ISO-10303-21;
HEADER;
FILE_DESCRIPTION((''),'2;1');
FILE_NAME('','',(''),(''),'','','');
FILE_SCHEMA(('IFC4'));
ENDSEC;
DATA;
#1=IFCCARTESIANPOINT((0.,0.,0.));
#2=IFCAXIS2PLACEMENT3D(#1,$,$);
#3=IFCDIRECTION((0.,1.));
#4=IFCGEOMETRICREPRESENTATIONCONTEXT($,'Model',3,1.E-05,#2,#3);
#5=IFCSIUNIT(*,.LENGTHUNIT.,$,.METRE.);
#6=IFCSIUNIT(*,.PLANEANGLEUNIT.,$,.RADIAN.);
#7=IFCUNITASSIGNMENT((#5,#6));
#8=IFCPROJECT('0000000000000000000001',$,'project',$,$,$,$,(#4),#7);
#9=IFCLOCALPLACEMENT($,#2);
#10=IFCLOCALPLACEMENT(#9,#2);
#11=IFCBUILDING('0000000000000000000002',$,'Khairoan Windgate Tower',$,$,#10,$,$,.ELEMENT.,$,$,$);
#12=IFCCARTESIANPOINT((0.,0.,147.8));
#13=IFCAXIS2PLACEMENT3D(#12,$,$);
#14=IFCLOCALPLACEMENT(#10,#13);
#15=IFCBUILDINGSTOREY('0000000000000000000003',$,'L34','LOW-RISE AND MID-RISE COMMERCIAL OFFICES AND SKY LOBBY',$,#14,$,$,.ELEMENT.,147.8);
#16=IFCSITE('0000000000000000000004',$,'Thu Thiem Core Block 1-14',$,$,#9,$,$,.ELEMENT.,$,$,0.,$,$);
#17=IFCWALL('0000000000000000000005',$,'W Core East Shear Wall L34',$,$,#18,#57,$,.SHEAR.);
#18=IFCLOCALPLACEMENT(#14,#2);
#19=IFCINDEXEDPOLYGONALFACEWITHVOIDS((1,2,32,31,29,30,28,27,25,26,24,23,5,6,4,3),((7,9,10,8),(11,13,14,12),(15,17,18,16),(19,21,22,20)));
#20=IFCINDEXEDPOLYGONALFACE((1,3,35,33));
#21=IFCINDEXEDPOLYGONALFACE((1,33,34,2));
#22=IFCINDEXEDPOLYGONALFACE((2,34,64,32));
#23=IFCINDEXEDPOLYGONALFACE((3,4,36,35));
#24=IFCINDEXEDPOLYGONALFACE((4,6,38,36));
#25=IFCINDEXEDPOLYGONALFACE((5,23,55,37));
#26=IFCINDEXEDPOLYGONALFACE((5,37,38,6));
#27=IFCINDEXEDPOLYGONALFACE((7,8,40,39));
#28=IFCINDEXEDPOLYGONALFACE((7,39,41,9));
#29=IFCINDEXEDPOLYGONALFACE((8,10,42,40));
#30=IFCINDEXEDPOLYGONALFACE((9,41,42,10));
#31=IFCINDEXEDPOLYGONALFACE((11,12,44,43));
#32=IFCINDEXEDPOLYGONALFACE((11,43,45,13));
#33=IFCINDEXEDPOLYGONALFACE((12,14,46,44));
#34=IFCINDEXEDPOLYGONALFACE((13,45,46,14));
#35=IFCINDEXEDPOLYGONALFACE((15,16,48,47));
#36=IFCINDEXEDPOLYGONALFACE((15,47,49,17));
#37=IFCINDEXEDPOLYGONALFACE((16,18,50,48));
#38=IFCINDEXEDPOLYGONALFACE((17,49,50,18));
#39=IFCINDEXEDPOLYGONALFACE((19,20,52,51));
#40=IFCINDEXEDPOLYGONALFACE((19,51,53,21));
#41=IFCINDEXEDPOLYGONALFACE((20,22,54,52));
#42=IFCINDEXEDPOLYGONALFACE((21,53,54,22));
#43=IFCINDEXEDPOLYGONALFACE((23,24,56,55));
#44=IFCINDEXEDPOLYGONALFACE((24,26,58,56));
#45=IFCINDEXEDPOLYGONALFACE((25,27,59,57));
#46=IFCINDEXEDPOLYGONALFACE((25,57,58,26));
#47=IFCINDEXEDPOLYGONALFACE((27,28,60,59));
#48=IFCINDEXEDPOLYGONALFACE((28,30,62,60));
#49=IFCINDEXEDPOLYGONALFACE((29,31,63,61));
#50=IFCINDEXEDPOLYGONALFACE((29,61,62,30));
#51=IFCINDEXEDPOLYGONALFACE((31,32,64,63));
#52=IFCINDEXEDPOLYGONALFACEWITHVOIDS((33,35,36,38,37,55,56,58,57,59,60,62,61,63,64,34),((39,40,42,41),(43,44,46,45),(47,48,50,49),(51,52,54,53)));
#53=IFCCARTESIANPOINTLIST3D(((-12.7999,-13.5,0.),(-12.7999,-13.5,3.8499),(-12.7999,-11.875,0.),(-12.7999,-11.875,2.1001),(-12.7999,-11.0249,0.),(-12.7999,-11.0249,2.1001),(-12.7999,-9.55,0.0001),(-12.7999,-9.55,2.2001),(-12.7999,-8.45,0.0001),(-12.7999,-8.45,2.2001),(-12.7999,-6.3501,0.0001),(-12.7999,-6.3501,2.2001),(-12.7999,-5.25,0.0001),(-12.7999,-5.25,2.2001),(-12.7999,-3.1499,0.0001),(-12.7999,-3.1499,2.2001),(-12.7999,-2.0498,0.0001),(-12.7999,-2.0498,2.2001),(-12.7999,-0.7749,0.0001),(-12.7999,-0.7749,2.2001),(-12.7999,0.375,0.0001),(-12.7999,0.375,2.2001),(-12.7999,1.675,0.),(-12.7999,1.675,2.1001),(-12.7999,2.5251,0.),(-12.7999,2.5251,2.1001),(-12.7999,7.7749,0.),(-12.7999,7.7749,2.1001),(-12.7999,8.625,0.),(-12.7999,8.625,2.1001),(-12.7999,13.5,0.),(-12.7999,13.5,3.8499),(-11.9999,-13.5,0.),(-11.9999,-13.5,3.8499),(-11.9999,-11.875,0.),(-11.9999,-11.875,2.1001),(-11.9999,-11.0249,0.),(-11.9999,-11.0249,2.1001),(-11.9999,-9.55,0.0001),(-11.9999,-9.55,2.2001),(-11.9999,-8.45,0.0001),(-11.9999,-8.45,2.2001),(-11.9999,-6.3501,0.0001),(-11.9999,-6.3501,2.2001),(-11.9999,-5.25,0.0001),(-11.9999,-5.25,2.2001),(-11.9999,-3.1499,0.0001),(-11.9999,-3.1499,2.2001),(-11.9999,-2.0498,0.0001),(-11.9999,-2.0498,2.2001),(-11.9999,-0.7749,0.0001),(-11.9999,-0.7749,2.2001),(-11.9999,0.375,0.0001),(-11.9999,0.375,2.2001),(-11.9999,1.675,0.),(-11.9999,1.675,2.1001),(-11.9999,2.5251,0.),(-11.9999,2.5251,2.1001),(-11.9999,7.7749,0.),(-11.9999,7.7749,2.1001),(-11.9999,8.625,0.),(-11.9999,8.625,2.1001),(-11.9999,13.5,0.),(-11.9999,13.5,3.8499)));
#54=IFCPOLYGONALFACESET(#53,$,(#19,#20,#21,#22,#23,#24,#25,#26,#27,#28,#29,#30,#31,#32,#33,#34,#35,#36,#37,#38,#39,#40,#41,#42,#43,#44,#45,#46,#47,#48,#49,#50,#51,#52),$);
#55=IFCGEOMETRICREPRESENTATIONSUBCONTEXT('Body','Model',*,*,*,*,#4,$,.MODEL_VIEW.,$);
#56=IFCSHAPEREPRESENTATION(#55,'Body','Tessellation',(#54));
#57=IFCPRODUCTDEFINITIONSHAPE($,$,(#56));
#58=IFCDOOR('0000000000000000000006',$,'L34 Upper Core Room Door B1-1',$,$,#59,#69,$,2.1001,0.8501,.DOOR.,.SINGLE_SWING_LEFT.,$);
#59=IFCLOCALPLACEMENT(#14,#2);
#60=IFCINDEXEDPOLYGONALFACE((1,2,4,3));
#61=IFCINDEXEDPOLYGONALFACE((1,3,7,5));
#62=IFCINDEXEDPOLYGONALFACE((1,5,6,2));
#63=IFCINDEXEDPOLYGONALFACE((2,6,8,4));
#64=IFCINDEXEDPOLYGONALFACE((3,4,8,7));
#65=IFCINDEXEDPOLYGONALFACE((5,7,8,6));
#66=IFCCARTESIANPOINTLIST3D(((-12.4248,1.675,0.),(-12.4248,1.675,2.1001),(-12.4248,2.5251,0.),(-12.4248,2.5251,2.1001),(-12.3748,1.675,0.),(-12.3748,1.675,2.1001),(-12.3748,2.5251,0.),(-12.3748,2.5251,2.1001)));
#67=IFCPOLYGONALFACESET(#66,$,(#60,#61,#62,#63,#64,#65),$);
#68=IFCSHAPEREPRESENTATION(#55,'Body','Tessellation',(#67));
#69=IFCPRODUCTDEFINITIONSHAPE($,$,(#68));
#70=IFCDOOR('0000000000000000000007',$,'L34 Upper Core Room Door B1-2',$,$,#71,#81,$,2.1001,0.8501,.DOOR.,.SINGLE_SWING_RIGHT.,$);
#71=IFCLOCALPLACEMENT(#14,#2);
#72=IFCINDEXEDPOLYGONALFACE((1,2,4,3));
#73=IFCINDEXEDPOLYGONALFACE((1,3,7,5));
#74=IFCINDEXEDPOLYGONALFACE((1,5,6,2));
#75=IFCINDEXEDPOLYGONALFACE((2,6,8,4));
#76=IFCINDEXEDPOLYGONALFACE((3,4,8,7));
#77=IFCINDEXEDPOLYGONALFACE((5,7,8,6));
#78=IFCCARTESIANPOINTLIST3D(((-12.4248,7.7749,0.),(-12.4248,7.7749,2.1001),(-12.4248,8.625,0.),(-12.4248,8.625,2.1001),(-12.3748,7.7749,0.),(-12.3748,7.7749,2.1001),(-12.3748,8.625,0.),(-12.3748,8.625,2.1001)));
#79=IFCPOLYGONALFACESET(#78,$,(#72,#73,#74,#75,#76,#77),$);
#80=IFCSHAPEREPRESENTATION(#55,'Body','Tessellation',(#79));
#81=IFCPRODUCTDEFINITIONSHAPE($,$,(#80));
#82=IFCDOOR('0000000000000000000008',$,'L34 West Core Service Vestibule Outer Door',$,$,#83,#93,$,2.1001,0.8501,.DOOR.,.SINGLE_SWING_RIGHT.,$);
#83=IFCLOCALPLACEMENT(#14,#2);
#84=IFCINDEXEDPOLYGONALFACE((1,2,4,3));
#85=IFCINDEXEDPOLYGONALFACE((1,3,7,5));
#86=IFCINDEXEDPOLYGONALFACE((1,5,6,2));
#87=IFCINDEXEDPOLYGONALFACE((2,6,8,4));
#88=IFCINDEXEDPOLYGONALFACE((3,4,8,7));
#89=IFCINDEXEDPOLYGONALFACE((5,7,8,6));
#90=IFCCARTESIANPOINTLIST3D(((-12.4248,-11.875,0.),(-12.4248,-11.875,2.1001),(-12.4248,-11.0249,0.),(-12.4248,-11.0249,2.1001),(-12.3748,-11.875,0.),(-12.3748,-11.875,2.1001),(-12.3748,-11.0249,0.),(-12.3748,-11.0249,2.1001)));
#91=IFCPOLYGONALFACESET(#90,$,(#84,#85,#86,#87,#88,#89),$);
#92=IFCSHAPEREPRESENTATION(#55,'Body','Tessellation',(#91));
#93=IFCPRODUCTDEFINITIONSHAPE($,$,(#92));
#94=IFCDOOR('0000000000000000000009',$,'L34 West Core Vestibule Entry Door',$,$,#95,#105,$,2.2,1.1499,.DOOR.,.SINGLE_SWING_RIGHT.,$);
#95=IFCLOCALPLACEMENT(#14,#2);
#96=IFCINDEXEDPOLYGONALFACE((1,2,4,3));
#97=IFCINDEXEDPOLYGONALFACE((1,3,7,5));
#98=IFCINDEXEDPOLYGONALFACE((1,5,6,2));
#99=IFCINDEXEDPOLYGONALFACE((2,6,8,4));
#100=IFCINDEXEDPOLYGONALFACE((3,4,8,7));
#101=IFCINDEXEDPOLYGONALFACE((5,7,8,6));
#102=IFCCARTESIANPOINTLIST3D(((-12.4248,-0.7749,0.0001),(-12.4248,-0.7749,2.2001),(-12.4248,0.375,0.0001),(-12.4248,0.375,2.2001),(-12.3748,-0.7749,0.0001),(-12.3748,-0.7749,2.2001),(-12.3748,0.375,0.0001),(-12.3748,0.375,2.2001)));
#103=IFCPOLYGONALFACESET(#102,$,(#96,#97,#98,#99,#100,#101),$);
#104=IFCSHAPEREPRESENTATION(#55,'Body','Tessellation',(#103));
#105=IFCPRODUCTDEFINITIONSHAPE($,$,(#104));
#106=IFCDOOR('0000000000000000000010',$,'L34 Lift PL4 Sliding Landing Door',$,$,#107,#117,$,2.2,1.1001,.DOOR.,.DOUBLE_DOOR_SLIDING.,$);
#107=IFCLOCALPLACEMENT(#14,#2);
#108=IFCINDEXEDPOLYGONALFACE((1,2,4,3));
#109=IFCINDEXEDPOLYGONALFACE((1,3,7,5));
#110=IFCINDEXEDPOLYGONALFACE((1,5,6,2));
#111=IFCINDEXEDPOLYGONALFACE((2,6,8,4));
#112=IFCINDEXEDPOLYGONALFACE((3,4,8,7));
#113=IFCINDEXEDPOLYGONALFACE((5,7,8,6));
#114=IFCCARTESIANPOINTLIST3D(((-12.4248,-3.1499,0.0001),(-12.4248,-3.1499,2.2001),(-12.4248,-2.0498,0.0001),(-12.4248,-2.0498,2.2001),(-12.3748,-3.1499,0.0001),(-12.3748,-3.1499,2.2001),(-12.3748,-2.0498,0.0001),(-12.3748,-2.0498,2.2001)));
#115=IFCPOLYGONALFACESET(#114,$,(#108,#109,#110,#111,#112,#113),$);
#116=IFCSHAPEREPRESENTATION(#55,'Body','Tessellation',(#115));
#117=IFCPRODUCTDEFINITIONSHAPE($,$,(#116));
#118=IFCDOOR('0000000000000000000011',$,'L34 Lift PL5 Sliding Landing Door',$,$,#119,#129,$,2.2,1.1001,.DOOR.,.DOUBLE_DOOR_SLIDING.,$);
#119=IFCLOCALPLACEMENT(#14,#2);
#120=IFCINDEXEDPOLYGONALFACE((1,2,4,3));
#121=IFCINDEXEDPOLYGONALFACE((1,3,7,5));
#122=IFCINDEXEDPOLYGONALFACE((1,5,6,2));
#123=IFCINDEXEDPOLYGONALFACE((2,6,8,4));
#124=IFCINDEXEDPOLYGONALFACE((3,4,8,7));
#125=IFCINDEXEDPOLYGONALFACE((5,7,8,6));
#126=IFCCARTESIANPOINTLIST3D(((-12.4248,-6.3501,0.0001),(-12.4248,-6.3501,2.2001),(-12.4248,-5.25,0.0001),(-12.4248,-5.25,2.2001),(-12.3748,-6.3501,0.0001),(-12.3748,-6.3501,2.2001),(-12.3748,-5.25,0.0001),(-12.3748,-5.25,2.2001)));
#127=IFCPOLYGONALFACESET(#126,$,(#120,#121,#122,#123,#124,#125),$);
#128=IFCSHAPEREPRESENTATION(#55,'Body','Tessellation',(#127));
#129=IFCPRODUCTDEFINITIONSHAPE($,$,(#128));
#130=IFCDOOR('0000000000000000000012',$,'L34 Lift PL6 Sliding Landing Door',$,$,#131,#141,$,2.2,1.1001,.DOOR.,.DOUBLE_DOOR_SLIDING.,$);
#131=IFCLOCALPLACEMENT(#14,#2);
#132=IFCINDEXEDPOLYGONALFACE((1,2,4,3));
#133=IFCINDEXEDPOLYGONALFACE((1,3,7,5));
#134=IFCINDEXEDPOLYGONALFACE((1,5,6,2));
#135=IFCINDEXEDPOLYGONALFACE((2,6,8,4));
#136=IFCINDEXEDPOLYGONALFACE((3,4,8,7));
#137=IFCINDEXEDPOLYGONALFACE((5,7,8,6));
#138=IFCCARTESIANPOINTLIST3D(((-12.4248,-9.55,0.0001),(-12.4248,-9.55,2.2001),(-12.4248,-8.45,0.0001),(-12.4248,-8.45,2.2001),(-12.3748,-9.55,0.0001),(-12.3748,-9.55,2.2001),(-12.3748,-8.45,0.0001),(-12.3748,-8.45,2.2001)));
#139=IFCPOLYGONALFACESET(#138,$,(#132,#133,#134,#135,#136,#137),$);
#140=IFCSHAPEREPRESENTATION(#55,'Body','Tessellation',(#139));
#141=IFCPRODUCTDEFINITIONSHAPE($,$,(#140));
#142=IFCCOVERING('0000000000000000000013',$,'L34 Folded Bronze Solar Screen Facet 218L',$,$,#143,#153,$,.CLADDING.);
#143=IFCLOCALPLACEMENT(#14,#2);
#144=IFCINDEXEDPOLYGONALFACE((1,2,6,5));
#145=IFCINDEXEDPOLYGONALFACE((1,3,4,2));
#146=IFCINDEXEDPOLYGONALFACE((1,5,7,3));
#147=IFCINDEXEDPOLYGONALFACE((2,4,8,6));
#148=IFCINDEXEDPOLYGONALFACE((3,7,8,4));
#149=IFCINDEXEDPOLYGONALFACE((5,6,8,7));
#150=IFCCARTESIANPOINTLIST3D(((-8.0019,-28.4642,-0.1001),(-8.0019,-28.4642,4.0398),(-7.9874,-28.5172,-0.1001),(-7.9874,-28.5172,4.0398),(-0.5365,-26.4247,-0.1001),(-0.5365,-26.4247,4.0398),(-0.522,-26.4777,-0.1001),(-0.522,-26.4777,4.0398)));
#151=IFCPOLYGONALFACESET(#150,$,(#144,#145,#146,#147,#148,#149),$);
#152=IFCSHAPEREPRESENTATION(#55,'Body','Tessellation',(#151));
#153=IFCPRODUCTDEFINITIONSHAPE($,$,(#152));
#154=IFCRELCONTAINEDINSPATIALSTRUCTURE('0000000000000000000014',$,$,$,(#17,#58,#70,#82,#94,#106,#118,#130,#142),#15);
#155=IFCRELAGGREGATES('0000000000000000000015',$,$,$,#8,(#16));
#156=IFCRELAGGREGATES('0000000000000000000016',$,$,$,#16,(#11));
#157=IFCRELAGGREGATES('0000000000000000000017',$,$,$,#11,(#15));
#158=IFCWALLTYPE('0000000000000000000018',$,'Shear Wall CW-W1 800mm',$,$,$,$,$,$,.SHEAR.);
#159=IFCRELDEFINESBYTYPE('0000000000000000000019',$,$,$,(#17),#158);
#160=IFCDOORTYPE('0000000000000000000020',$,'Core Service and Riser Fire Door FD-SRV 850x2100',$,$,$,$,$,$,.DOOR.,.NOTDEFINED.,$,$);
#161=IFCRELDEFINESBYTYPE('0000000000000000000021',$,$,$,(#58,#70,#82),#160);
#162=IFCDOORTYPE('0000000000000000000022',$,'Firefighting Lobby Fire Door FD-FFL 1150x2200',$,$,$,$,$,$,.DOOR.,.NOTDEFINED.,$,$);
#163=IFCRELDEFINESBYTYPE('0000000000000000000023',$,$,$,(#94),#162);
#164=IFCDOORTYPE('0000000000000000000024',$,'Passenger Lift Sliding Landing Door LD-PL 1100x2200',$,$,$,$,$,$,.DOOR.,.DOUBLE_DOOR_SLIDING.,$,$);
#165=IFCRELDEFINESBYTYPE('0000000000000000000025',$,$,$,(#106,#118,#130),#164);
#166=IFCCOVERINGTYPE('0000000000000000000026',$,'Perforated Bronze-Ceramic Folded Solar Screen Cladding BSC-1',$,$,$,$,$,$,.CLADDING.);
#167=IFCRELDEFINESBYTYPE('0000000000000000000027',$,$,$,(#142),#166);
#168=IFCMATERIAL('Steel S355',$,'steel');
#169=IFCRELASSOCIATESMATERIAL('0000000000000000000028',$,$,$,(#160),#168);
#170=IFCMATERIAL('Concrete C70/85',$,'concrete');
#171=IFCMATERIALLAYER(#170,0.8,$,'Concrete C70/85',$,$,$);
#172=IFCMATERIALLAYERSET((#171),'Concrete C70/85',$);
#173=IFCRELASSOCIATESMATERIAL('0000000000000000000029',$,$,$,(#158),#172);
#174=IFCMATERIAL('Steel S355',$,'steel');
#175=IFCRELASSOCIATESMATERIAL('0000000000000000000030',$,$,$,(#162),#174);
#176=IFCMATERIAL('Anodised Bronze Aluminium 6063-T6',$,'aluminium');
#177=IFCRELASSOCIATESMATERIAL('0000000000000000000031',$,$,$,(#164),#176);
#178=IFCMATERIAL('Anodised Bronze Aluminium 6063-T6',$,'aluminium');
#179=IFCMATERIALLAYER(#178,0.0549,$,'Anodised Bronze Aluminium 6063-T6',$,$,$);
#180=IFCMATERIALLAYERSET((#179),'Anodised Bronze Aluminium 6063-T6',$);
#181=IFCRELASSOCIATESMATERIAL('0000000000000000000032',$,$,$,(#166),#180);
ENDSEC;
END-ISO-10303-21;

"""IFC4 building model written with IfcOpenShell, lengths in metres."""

from ifc_helpers import new_model, si_unit, direction, frame, frame_2d, origin, origin_2d, place, context, subcontext, project, spatial, rectangle, extrude, material, layer, layer_set, type_object, element, fill, save


model = new_model("IFC4")

# Units and contexts
model_context = context("Model", 3, precision=1e-05, world=origin(), true_north=direction((0.0, 1.0)))
body_context = subcontext(model_context, "Body", "Model", "MODEL_VIEW")
ifc_project = project(units=[si_unit("LENGTHUNIT", "METRE"), si_unit("PLANEANGLEUNIT", "RADIAN")], contexts=[model_context])

# Site, building, storey
site_placement = place(None, origin())
site = spatial("IfcSite", under=ifc_project, at=site_placement, Name="Thu Thiem Core Block 1-14", CompositionType="ELEMENT", RefElevation=0.0)
building_placement = place(site_placement, origin())
building = spatial("IfcBuilding", under=site, at=building_placement, Name="Khairoan Windgate Tower", CompositionType="ELEMENT")
storey_placement = place(building_placement, frame((0.0, 0.0, 147.8)))
storey = spatial("IfcBuildingStorey", under=building, at=storey_placement, Name="L34", Description="LOW-RISE AND MID-RISE COMMERCIAL OFFICES AND SKY LOBBY", CompositionType="ELEMENT", Elevation=147.8)

# Shared definitions
ifc_material_1 = material(Name="Steel S355", Category="steel")
door_type_1 = type_object("IfcDoorType", Name="Core Service and Riser Fire Door FD-SRV 850x2100", OperationType="NOTDEFINED", PredefinedType="DOOR", material=ifc_material_1)

# Wall, openings, doors
ifc_material_2 = material(Name="Concrete C70/85", Category="concrete")
ifc_layer_1 = layer(ifc_material_2, 0.8, Name="Concrete C70/85")
ifc_layer_set_1 = layer_set([ifc_layer_1], Name="Concrete C70/85")
wall_type_1 = type_object("IfcWallType", Name="Shear Wall CW-W1 800mm", PredefinedType="SHEAR", material=ifc_layer_set_1)
wall_1_placement = place(storey_placement, frame((-12.3999, -13.5, 0.0), z_axis=(0.0, 0.0, 1.0), x_axis=(0.0, 1.0, 0.0)))
wall_1 = element("IfcWall", 1, at=wall_1_placement, inside=storey, type_object=wall_type_1, Name="W Core East Shear Wall L34", PredefinedType="SHEAR", context=body_context, shape_type="SweptSolid", body=[
    extrude(rectangle(XDim=27.0, YDim=0.8, at=frame_2d((13.5, 0.0))), origin(), (0.0, 0.0, 1.0), 3.8499),
])
opening_1_placement = place(wall_1_placement, frame((10.3501, 0.0, 0.0)))
opening_1 = element("IfcOpeningElement", 2, at=opening_1_placement, cuts=wall_1, PredefinedType="OPENING", context=body_context, shape_type="SweptSolid", body=[
    extrude(rectangle(XDim=1.1001, YDim=2.2, at=frame_2d((0.55, 1.1001))), frame((0.0, 0.4099, 0.0), z_axis=(0.0, -1.0, 0.0), x_axis=(1.0, 0.0, 0.0)), (0.0, 0.0, 1.0), 0.8201),
])
opening_2_placement = place(wall_1_placement, frame((7.1499, 0.0, 0.0)))
opening_2 = element("IfcOpeningElement", 3, at=opening_2_placement, cuts=wall_1, PredefinedType="OPENING", context=body_context, shape_type="SweptSolid", body=[
    extrude(rectangle(XDim=1.1001, YDim=2.2, at=frame_2d((0.55, 1.1001))), frame((0.0, 0.4099, 0.0), z_axis=(0.0, -1.0, 0.0), x_axis=(1.0, 0.0, 0.0)), (0.0, 0.0, 1.0), 0.8201),
])
opening_3_placement = place(wall_1_placement, frame((3.95, 0.0, 0.0)))
opening_3 = element("IfcOpeningElement", 4, at=opening_3_placement, cuts=wall_1, PredefinedType="OPENING", context=body_context, shape_type="SweptSolid", body=[
    extrude(rectangle(XDim=1.1001, YDim=2.2, at=frame_2d((0.55, 1.1001))), frame((0.0, 0.4099, 0.0), z_axis=(0.0, -1.0, 0.0), x_axis=(1.0, 0.0, 0.0)), (0.0, 0.0, 1.0), 0.8201),
])
opening_4_placement = place(wall_1_placement, frame((15.175, 0.0, 0.0)))
opening_4 = element("IfcOpeningElement", 5, at=opening_4_placement, cuts=wall_1, PredefinedType="OPENING", context=body_context, shape_type="SweptSolid", body=[
    extrude(rectangle(XDim=0.8501, YDim=2.1001, at=frame_2d((0.425, 1.05))), frame((0.0, 0.4099, 0.0), z_axis=(0.0, -1.0, 0.0), x_axis=(1.0, 0.0, 0.0)), (0.0, 0.0, 1.0), 0.8201),
])
opening_5_placement = place(wall_1_placement, frame((21.2749, 0.0, 0.0)))
opening_5 = element("IfcOpeningElement", 6, at=opening_5_placement, cuts=wall_1, PredefinedType="OPENING", context=body_context, shape_type="SweptSolid", body=[
    extrude(rectangle(XDim=0.8501, YDim=2.1001, at=frame_2d((0.425, 1.05))), frame((0.0, 0.4099, 0.0), z_axis=(0.0, -1.0, 0.0), x_axis=(1.0, 0.0, 0.0)), (0.0, 0.0, 1.0), 0.8201),
])
opening_6_placement = place(wall_1_placement, frame((12.7251, 0.0, 0.0)))
opening_6 = element("IfcOpeningElement", 7, at=opening_6_placement, cuts=wall_1, PredefinedType="OPENING", context=body_context, shape_type="SweptSolid", body=[
    extrude(rectangle(XDim=1.1499, YDim=2.2, at=frame_2d((0.575, 1.1001))), frame((0.0, 0.4099, 0.0), z_axis=(0.0, -1.0, 0.0), x_axis=(1.0, 0.0, 0.0)), (0.0, 0.0, 1.0), 0.8201),
])
opening_7_placement = place(wall_1_placement, frame((1.625, 0.0, 0.0)))
opening_7 = element("IfcOpeningElement", 8, at=opening_7_placement, cuts=wall_1, PredefinedType="OPENING", context=body_context, shape_type="SweptSolid", body=[
    extrude(rectangle(XDim=0.8501, YDim=2.1001, at=frame_2d((0.425, 1.05))), frame((0.0, 0.4099, 0.0), z_axis=(0.0, -1.0, 0.0), x_axis=(1.0, 0.0, 0.0)), (0.0, 0.0, 1.0), 0.8201),
])
door_1_placement = place(opening_4_placement, origin())
door_1 = element("IfcDoor", 9, at=door_1_placement, inside=storey, type_object=door_type_1, Name="L34 Upper Core Room Door B1-1", OperationType="SINGLE_SWING_LEFT", OverallHeight=2.1001, OverallWidth=0.8501, PredefinedType="DOOR", context=body_context, shape_type="SweptSolid", body=[
    extrude(rectangle(XDim=0.8501, YDim=2.1001, at=frame_2d((0.425, 1.05))), frame((0.0, 0.0249, 0.0), z_axis=(0.0, -1.0, 0.0), x_axis=(1.0, 0.0, 0.0)), (0.0, 0.0, 1.0), 0.05),
])
fill(opening_4, door_1)
door_2_placement = place(opening_5_placement, origin())
door_2 = element("IfcDoor", 10, at=door_2_placement, inside=storey, type_object=door_type_1, Name="L34 Upper Core Room Door B1-2", OperationType="SINGLE_SWING_RIGHT", OverallHeight=2.1001, OverallWidth=0.8501, PredefinedType="DOOR", context=body_context, shape_type="SweptSolid", body=[
    extrude(rectangle(XDim=0.8501, YDim=2.1001, at=frame_2d((0.425, 1.05))), frame((0.0, 0.0249, 0.0), z_axis=(0.0, -1.0, 0.0), x_axis=(1.0, 0.0, 0.0)), (0.0, 0.0, 1.0), 0.05),
])
fill(opening_5, door_2)
door_3_placement = place(opening_7_placement, origin())
door_3 = element("IfcDoor", 11, at=door_3_placement, inside=storey, type_object=door_type_1, Name="L34 West Core Service Vestibule Outer Door", OperationType="SINGLE_SWING_RIGHT", OverallHeight=2.1001, OverallWidth=0.8501, PredefinedType="DOOR", context=body_context, shape_type="SweptSolid", body=[
    extrude(rectangle(XDim=0.8501, YDim=2.1001, at=frame_2d((0.425, 1.05))), frame((0.0, 0.0249, 0.0), z_axis=(0.0, -1.0, 0.0), x_axis=(1.0, 0.0, 0.0)), (0.0, 0.0, 1.0), 0.05),
])
fill(opening_7, door_3)
ifc_material_3 = material(Name="Steel S355", Category="steel")
door_type_2 = type_object("IfcDoorType", Name="Firefighting Lobby Fire Door FD-FFL 1150x2200", OperationType="NOTDEFINED", PredefinedType="DOOR", material=ifc_material_3)
door_4_placement = place(opening_6_placement, origin())
door_4 = element("IfcDoor", 12, at=door_4_placement, inside=storey, type_object=door_type_2, Name="L34 West Core Vestibule Entry Door", OperationType="SINGLE_SWING_RIGHT", OverallHeight=2.2, OverallWidth=1.1499, PredefinedType="DOOR", context=body_context, shape_type="SweptSolid", body=[
    extrude(rectangle(XDim=1.1499, YDim=2.2, at=frame_2d((0.575, 1.1001))), frame((0.0, 0.0249, 0.0), z_axis=(0.0, -1.0, 0.0), x_axis=(1.0, 0.0, 0.0)), (0.0, 0.0, 1.0), 0.05),
])
fill(opening_6, door_4)
ifc_material_4 = material(Name="Anodised Bronze Aluminium 6063-T6", Category="aluminium")
door_type_3 = type_object("IfcDoorType", Name="Passenger Lift Sliding Landing Door LD-PL 1100x2200", OperationType="DOUBLE_DOOR_SLIDING", PredefinedType="DOOR", material=ifc_material_4)
door_5_placement = place(opening_1_placement, origin())
door_5 = element("IfcDoor", 13, at=door_5_placement, inside=storey, type_object=door_type_3, Name="L34 Lift PL4 Sliding Landing Door", OperationType="DOUBLE_DOOR_SLIDING", OverallHeight=2.2, OverallWidth=1.1001, PredefinedType="DOOR", context=body_context, shape_type="SweptSolid", body=[
    extrude(rectangle(XDim=1.1001, YDim=2.2, at=frame_2d((0.55, 1.1001))), frame((0.0, 0.0249, 0.0), z_axis=(0.0, -1.0, 0.0), x_axis=(1.0, 0.0, 0.0)), (0.0, 0.0, 1.0), 0.05),
])
fill(opening_1, door_5)
door_6_placement = place(opening_2_placement, origin())
door_6 = element("IfcDoor", 14, at=door_6_placement, inside=storey, type_object=door_type_3, Name="L34 Lift PL5 Sliding Landing Door", OperationType="DOUBLE_DOOR_SLIDING", OverallHeight=2.2, OverallWidth=1.1001, PredefinedType="DOOR", context=body_context, shape_type="SweptSolid", body=[
    extrude(rectangle(XDim=1.1001, YDim=2.2, at=frame_2d((0.55, 1.1001))), frame((0.0, 0.0249, 0.0), z_axis=(0.0, -1.0, 0.0), x_axis=(1.0, 0.0, 0.0)), (0.0, 0.0, 1.0), 0.05),
])
fill(opening_2, door_6)
door_7_placement = place(opening_3_placement, origin())
door_7 = element("IfcDoor", 15, at=door_7_placement, inside=storey, type_object=door_type_3, Name="L34 Lift PL6 Sliding Landing Door", OperationType="DOUBLE_DOOR_SLIDING", OverallHeight=2.2, OverallWidth=1.1001, PredefinedType="DOOR", context=body_context, shape_type="SweptSolid", body=[
    extrude(rectangle(XDim=1.1001, YDim=2.2, at=frame_2d((0.55, 1.1001))), frame((0.0, 0.0249, 0.0), z_axis=(0.0, -1.0, 0.0), x_axis=(1.0, 0.0, 0.0)), (0.0, 0.0, 1.0), 0.05),
])
fill(opening_3, door_7)

# Covering
ifc_material_5 = material(Name="Anodised Bronze Aluminium 6063-T6", Category="aluminium")
ifc_layer_2 = layer(ifc_material_5, 0.0549, Name="Anodised Bronze Aluminium 6063-T6")
ifc_layer_set_2 = layer_set([ifc_layer_2], Name="Anodised Bronze Aluminium 6063-T6")
covering_type = type_object("IfcCoveringType", Name="Perforated Bronze-Ceramic Folded Solar Screen Cladding BSC-1", PredefinedType="CLADDING", material=ifc_layer_set_2)
covering_placement = place(storey_placement, frame((-4.262, -27.4709, -0.1001), z_axis=(0.0, 0.0, 1.0), x_axis=(-0.964649, -0.263536, 0.0)))
element("IfcCovering", 16, at=covering_placement, inside=storey, type_object=covering_type, Name="L34 Folded Bronze Solar Screen Facet 218L", PredefinedType="CLADDING", context=body_context, shape_type="SweptSolid", body=[
    extrude(rectangle(XDim=7.739, YDim=0.0549, at=origin_2d()), origin(), (0.0, 0.0, 1.0), 4.1399),
])

save(model, "model.ifc")
